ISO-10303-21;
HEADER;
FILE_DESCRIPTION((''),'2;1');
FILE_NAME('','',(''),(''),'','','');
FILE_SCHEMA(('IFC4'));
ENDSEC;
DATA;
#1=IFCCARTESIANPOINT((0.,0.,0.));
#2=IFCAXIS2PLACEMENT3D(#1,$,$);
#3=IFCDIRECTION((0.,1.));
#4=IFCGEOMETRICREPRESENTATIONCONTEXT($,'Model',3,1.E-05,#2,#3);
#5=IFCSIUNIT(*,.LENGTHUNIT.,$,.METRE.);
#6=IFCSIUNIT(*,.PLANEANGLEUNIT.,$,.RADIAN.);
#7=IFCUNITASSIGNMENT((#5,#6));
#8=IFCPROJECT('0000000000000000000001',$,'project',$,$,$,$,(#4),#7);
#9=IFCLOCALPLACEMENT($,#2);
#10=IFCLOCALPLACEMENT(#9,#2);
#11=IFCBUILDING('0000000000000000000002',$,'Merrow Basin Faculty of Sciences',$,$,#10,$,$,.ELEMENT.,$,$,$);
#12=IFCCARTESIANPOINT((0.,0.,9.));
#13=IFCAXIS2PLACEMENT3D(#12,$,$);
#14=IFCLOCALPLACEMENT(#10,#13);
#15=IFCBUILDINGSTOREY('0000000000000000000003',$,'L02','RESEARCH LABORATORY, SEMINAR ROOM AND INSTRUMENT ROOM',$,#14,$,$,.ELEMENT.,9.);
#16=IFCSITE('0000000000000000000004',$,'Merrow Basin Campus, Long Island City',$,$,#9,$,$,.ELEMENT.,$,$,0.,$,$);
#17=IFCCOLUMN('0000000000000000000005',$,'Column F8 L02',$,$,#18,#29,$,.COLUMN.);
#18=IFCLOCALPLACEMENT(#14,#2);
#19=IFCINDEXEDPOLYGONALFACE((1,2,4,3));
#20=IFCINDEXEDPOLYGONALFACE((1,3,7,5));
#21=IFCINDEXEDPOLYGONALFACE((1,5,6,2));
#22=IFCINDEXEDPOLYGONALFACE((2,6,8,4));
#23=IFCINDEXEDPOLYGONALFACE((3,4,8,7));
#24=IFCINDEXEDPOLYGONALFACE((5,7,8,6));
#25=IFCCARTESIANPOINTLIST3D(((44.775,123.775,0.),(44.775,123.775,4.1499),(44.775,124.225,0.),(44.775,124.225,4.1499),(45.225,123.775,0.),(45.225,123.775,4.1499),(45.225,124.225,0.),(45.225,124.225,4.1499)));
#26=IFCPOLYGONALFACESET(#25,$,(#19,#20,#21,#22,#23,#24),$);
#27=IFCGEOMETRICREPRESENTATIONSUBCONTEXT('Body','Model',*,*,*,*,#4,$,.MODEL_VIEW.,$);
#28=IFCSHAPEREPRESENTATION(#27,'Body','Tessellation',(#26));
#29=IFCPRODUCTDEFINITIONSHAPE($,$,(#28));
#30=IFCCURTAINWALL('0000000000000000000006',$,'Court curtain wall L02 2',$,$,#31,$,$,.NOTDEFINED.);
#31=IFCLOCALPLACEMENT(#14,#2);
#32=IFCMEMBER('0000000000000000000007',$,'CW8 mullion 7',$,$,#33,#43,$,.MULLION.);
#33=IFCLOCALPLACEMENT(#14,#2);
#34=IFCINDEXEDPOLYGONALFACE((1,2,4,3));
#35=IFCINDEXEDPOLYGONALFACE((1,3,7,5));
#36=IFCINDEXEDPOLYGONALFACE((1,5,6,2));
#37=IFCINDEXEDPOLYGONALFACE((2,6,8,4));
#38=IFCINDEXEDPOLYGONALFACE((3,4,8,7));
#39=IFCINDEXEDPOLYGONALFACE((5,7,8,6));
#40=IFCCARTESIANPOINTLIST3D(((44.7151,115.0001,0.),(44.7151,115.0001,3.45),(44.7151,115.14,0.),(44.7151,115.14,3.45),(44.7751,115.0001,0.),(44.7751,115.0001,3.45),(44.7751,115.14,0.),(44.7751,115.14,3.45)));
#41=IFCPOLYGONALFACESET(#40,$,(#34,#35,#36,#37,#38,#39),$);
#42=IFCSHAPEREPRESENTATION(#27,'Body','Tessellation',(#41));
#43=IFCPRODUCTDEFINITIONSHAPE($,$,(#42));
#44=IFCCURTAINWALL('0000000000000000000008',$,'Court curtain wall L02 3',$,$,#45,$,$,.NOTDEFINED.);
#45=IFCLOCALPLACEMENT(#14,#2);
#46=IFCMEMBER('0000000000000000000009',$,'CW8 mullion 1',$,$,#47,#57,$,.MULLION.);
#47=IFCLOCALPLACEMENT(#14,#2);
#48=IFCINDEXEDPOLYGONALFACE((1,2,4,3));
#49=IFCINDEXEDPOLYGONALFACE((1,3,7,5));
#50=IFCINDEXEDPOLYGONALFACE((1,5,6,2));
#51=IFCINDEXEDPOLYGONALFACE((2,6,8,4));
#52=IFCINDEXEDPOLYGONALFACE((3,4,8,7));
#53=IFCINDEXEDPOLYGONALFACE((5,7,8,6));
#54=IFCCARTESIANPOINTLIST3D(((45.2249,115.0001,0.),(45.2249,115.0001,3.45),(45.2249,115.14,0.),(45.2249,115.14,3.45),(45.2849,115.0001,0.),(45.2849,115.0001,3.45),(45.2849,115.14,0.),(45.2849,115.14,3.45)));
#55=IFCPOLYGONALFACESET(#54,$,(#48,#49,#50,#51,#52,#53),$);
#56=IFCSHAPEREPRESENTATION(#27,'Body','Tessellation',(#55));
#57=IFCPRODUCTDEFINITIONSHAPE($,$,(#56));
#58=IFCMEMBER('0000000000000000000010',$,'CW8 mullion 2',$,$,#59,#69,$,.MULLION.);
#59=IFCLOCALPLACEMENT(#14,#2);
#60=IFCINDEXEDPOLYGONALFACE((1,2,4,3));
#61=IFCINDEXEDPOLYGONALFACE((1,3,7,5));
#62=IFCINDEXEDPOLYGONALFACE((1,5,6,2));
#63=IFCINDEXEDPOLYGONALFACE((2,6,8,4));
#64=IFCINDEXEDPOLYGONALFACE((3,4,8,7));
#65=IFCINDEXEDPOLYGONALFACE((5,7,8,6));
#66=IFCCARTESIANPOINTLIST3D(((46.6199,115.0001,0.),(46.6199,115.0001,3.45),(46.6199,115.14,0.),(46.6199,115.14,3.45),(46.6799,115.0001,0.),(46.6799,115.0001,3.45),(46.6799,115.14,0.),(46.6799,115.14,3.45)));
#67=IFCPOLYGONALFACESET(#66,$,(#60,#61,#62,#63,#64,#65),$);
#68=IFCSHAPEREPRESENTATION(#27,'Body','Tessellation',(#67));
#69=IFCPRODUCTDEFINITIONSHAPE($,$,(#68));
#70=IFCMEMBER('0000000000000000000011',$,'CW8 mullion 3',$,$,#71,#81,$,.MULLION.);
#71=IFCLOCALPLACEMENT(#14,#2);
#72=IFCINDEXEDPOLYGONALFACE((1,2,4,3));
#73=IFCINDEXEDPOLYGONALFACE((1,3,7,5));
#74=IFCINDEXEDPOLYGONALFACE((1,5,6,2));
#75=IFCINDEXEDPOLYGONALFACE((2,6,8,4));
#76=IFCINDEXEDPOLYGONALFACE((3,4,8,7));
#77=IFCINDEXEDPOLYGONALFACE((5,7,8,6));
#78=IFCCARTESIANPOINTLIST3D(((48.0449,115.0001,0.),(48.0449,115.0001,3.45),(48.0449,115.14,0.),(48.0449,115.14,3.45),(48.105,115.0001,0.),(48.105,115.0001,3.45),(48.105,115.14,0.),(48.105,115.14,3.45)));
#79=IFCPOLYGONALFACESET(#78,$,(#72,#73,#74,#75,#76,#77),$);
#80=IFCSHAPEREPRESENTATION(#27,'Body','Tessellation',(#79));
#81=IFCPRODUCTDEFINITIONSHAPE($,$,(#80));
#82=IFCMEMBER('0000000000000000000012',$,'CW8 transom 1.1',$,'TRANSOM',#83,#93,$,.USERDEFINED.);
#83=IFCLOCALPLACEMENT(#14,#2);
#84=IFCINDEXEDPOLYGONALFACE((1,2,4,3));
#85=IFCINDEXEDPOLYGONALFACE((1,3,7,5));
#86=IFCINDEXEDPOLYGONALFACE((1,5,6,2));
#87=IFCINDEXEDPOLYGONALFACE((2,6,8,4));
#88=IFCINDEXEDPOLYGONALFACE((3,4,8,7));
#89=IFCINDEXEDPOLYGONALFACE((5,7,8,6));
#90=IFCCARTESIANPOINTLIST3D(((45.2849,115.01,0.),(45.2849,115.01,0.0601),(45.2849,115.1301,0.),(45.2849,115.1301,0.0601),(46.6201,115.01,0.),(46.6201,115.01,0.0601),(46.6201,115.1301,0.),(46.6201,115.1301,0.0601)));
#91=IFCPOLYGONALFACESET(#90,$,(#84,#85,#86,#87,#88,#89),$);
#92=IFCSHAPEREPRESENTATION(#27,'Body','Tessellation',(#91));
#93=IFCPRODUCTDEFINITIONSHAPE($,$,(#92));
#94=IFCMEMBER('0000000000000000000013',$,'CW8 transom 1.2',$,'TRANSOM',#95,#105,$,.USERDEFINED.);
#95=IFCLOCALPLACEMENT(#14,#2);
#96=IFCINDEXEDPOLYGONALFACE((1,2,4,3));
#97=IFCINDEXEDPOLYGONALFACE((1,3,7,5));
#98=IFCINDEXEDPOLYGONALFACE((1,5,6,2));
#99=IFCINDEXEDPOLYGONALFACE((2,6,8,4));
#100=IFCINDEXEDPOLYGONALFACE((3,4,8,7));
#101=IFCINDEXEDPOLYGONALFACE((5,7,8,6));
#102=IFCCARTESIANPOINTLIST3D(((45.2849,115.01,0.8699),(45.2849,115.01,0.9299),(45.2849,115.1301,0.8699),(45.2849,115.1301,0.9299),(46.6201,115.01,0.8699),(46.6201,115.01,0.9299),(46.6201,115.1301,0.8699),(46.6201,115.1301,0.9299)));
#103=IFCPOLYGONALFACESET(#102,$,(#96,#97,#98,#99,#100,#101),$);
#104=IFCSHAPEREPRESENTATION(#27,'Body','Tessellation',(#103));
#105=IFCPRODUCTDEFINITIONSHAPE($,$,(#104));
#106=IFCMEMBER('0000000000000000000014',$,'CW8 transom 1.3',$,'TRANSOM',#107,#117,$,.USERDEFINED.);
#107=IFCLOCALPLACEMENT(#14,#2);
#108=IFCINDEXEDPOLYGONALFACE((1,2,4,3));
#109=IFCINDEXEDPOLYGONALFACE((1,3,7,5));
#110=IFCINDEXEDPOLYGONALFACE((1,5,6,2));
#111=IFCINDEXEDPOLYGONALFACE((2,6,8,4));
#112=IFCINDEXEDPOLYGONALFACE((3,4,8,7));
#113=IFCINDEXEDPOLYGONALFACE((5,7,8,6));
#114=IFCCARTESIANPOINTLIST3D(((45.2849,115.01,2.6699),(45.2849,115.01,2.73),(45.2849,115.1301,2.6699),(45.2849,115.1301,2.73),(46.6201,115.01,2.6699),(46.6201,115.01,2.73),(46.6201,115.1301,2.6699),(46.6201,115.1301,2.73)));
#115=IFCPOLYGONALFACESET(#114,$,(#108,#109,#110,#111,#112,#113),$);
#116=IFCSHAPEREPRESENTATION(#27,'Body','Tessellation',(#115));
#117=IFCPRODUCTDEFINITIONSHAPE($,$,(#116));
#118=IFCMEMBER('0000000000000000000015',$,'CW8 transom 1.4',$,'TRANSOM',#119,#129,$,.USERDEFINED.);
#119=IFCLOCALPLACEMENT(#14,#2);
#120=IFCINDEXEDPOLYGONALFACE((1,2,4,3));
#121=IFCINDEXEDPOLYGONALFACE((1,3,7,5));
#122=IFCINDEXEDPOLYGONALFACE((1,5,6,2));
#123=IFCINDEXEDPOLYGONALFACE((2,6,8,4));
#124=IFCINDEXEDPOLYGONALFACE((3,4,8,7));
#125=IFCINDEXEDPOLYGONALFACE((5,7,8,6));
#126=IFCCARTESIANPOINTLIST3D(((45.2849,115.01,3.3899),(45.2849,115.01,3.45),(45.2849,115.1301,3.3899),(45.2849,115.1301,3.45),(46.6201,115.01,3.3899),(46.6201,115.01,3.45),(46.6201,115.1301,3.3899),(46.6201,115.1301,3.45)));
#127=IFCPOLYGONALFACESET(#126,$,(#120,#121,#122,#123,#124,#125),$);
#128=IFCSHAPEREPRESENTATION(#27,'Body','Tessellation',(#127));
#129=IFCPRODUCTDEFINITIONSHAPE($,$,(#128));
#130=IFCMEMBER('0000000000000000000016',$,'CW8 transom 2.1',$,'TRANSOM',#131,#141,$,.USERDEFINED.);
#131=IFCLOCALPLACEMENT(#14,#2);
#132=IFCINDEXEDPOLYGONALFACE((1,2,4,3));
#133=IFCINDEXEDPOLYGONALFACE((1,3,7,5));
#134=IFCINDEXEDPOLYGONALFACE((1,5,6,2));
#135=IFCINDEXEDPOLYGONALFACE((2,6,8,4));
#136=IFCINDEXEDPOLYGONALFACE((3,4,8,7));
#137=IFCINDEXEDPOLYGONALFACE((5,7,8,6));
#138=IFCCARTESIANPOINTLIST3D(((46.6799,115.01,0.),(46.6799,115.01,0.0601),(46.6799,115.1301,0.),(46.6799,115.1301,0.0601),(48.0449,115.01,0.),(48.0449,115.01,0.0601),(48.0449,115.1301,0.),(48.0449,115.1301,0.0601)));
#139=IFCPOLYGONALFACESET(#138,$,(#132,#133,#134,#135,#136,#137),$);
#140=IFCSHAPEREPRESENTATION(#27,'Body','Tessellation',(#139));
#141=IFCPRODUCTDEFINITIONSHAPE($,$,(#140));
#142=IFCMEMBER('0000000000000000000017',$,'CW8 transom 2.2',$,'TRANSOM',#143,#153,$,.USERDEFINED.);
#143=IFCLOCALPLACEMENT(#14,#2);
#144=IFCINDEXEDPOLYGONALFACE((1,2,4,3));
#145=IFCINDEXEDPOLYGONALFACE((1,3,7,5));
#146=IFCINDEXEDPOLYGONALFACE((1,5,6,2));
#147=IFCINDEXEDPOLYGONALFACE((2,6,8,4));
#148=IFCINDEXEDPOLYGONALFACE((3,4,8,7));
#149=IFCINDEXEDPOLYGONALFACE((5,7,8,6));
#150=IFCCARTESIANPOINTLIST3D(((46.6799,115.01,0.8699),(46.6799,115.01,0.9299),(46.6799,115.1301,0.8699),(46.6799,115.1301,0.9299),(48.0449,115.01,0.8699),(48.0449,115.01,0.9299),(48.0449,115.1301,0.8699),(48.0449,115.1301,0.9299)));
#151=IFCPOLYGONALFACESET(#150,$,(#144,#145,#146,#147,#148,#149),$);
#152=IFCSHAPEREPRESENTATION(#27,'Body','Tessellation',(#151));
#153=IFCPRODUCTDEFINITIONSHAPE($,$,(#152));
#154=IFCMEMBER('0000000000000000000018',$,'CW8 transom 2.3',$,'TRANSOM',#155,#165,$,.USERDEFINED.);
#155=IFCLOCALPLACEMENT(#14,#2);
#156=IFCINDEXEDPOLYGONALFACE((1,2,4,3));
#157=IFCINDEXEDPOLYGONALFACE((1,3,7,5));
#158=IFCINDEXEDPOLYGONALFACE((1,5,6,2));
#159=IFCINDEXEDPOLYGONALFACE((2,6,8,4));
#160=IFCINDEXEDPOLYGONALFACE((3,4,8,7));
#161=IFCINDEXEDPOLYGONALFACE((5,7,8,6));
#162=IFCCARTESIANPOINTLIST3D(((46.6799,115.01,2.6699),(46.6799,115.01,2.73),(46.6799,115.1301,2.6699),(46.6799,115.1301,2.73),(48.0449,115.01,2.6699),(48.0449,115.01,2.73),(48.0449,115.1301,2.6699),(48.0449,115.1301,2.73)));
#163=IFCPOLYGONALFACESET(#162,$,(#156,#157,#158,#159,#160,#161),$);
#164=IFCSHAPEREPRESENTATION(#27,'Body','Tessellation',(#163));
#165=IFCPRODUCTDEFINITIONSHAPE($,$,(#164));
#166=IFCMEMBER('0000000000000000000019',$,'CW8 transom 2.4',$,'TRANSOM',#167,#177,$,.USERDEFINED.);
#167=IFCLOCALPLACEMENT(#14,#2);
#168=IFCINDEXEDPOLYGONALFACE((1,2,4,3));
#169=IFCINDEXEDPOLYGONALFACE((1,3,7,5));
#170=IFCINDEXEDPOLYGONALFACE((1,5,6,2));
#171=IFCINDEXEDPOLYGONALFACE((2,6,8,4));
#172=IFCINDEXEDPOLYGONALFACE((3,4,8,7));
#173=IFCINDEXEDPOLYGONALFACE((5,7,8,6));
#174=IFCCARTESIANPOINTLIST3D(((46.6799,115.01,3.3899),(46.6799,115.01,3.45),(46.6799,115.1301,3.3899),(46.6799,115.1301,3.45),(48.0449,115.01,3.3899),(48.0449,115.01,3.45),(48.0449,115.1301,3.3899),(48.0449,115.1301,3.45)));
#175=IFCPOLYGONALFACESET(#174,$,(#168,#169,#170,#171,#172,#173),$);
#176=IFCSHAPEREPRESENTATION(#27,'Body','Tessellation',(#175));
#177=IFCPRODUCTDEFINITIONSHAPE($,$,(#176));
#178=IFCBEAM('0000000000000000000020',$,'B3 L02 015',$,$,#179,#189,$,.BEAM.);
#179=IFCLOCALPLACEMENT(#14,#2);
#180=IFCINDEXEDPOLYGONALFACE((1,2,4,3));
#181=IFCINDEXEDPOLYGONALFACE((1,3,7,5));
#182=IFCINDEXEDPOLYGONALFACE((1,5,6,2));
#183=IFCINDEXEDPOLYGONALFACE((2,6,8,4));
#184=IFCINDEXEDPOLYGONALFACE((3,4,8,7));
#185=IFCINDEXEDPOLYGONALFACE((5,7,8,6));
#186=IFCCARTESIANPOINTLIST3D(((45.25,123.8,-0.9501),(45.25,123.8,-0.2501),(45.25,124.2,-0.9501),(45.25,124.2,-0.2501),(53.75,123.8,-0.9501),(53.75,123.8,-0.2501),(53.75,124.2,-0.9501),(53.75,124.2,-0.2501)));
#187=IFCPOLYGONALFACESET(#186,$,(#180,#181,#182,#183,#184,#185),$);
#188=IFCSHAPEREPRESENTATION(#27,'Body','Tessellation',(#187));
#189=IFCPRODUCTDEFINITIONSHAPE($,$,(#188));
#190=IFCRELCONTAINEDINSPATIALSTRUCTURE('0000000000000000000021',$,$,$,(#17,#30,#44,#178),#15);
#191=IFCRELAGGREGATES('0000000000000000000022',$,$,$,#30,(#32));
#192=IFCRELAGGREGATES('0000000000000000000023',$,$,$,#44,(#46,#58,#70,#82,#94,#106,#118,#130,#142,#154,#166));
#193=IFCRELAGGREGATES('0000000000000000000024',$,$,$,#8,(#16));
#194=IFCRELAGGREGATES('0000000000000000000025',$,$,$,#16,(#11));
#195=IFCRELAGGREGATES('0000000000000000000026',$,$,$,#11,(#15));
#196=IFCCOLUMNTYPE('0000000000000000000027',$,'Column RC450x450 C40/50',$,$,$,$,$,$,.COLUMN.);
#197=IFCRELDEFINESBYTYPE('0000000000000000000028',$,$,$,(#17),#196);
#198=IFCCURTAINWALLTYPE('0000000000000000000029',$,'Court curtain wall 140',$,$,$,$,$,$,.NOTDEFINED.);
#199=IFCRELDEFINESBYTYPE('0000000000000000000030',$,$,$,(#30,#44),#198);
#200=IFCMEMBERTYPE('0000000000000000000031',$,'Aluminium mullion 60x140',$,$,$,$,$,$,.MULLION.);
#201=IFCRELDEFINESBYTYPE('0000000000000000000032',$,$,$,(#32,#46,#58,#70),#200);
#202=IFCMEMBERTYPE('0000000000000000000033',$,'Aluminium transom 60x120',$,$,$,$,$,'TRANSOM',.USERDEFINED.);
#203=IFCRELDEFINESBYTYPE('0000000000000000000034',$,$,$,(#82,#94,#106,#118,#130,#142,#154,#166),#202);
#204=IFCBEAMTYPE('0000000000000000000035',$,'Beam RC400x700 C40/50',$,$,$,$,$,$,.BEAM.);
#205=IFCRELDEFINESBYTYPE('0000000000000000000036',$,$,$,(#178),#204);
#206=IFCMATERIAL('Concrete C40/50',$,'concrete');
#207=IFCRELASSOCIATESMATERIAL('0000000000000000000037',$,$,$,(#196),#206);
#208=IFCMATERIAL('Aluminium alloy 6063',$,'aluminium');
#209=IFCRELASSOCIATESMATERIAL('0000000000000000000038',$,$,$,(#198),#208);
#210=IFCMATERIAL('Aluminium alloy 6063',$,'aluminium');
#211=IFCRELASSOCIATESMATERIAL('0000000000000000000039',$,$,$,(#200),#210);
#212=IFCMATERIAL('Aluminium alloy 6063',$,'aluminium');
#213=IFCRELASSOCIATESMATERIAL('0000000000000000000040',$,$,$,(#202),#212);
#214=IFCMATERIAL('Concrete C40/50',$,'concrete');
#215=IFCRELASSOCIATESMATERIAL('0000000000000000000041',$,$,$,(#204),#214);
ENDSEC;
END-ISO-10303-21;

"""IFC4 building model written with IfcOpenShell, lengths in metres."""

from ifc_helpers import new_model, si_unit, direction, frame, origin, origin_2d, place, context, subcontext, project, spatial, rectangle, extrude, material, material_profile, profile_set, type_object, element, aggregate, save


model = new_model("IFC4")

# Units and contexts
model_context = context("Model", 3, precision=1e-05, world=origin(), true_north=direction((0.0, 1.0)))
body_context = subcontext(model_context, "Body", "Model", "MODEL_VIEW")
ifc_project = project(units=[si_unit("LENGTHUNIT", "METRE"), si_unit("PLANEANGLEUNIT", "RADIAN")], contexts=[model_context])

# Site, building, storey
site_placement = place(None, origin())
site = spatial("IfcSite", under=ifc_project, at=site_placement, Name="Merrow Basin Campus, Long Island City", CompositionType="ELEMENT", RefElevation=0.0)
building_placement = place(site_placement, origin())
building = spatial("IfcBuilding", under=site, at=building_placement, Name="Merrow Basin Faculty of Sciences", CompositionType="ELEMENT")
storey_placement = place(building_placement, frame((0.0, 0.0, 9.0)))
storey = spatial("IfcBuildingStorey", under=building, at=storey_placement, Name="L02", Description="RESEARCH LABORATORY, SEMINAR ROOM AND INSTRUMENT ROOM", CompositionType="ELEMENT", Elevation=9.0)

# Column
ifc_material_1 = material(Name="Concrete C40/50", Category="concrete")
ifc_material_profile_1 = material_profile(ifc_material_1, rectangle(XDim=0.45, YDim=0.45, at=origin_2d()))
ifc_profile_set_1 = profile_set([ifc_material_profile_1], Name="Concrete C40/50")
column_type = type_object("IfcColumnType", Name="Column RC450x450 C40/50", PredefinedType="COLUMN", material=ifc_profile_set_1)
column_placement = place(storey_placement, frame((45.0, 124.0, 0.0), z_axis=(0.0, 0.0, 1.0), x_axis=(1.0, 0.0, 0.0)))
element("IfcColumn", 1, at=column_placement, inside=storey, type_object=column_type, Name="Column F8 L02", PredefinedType="COLUMN", context=body_context, shape_type="SweptSolid", body=[
    extrude(rectangle(XDim=0.45, YDim=0.45, at=origin_2d()), origin(), (0.0, 0.0, 1.0), 4.1499),
])

# Curtain wall, member
ifc_material_2 = material(Name="Aluminium alloy 6063", Category="aluminium")
curtain_wall_type = type_object("IfcCurtainWallType", Name="Court curtain wall 140", PredefinedType="NOTDEFINED", material=ifc_material_2)
curtain_wall_1_placement = place(storey_placement, origin())
curtain_wall_1 = element("IfcCurtainWall", 2, at=curtain_wall_1_placement, inside=storey, type_object=curtain_wall_type, Name="Court curtain wall L02 2", PredefinedType="NOTDEFINED")
ifc_material_3 = material(Name="Aluminium alloy 6063", Category="aluminium")
ifc_material_profile_2 = material_profile(ifc_material_3, rectangle(XDim=0.1399, YDim=0.0601, at=origin_2d()))
ifc_profile_set_2 = profile_set([ifc_material_profile_2], Name="Aluminium alloy 6063")
member_type_1 = type_object("IfcMemberType", Name="Aluminium mullion 60x140", PredefinedType="MULLION", material=ifc_profile_set_2)
member_1_placement = place(storey_placement, frame((44.7451, 115.0701, 0.0), z_axis=(0.0, 0.0, 1.0), x_axis=(0.0, 1.0, 0.0)))
member_1 = element("IfcMember", 3, at=member_1_placement, type_object=member_type_1, Name="CW8 mullion 7", PredefinedType="MULLION", context=body_context, shape_type="SweptSolid", body=[
    extrude(rectangle(XDim=0.1399, YDim=0.0601, at=origin_2d()), origin(), (0.0, 0.0, 1.0), 3.45),
])

# Curtain wall, members
curtain_wall_2_placement = place(storey_placement, origin())
curtain_wall_2 = element("IfcCurtainWall", 4, at=curtain_wall_2_placement, inside=storey, type_object=curtain_wall_type, Name="Court curtain wall L02 3", PredefinedType="NOTDEFINED")
member_2_placement = place(storey_placement, frame((45.2549, 115.0701, 0.0), z_axis=(0.0, 0.0, 1.0), x_axis=(0.0, 1.0, 0.0)))
member_2 = element("IfcMember", 5, at=member_2_placement, type_object=member_type_1, Name="CW8 mullion 1", PredefinedType="MULLION", context=body_context, shape_type="SweptSolid", body=[
    extrude(rectangle(XDim=0.1399, YDim=0.0601, at=origin_2d()), origin(), (0.0, 0.0, 1.0), 3.45),
])
member_3_placement = place(storey_placement, frame((46.6499, 115.0701, 0.0), z_axis=(0.0, 0.0, 1.0), x_axis=(0.0, 1.0, 0.0)))
member_3 = element("IfcMember", 6, at=member_3_placement, type_object=member_type_1, Name="CW8 mullion 2", PredefinedType="MULLION", context=body_context, shape_type="SweptSolid", body=[
    extrude(rectangle(XDim=0.1399, YDim=0.0601, at=origin_2d()), origin(), (0.0, 0.0, 1.0), 3.45),
])
member_4_placement = place(storey_placement, frame((48.075, 115.0701, 0.0), z_axis=(0.0, 0.0, 1.0), x_axis=(0.0, 1.0, 0.0)))
member_4 = element("IfcMember", 7, at=member_4_placement, type_object=member_type_1, Name="CW8 mullion 3", PredefinedType="MULLION", context=body_context, shape_type="SweptSolid", body=[
    extrude(rectangle(XDim=0.1399, YDim=0.0601, at=origin_2d()), origin(), (0.0, 0.0, 1.0), 3.45),
])
ifc_material_4 = material(Name="Aluminium alloy 6063", Category="aluminium")
ifc_material_profile_3 = material_profile(ifc_material_4, rectangle(XDim=0.1201, YDim=0.0601, at=origin_2d()))
ifc_profile_set_3 = profile_set([ifc_material_profile_3], Name="Aluminium alloy 6063")
member_type_2 = type_object("IfcMemberType", Name="Aluminium transom 60x120", ElementType="TRANSOM", PredefinedType="USERDEFINED", material=ifc_profile_set_3)
member_5_placement = place(storey_placement, frame((45.2849, 115.0701, 0.03), z_axis=(1.0, 0.0, 0.0), x_axis=(0.0, 1.0, 0.0)))
member_5 = element("IfcMember", 8, at=member_5_placement, type_object=member_type_2, Name="CW8 transom 1.1", ObjectType="TRANSOM", PredefinedType="USERDEFINED", context=body_context, shape_type="SweptSolid", body=[
    extrude(rectangle(XDim=0.1201, YDim=0.0601, at=origin_2d()), origin(), (0.0, 0.0, 1.0), 1.3352),
])
member_6_placement = place(storey_placement, frame((45.2849, 115.0701, 0.8999), z_axis=(1.0, 0.0, 0.0), x_axis=(0.0, 1.0, 0.0)))
member_6 = element("IfcMember", 9, at=member_6_placement, type_object=member_type_2, Name="CW8 transom 1.2", ObjectType="TRANSOM", PredefinedType="USERDEFINED", context=body_context, shape_type="SweptSolid", body=[
    extrude(rectangle(XDim=0.1201, YDim=0.0601, at=origin_2d()), origin(), (0.0, 0.0, 1.0), 1.3352),
])
member_7_placement = place(storey_placement, frame((45.2849, 115.0701, 2.7), z_axis=(1.0, 0.0, 0.0), x_axis=(0.0, 1.0, 0.0)))
member_7 = element("IfcMember", 10, at=member_7_placement, type_object=member_type_2, Name="CW8 transom 1.3", ObjectType="TRANSOM", PredefinedType="USERDEFINED", context=body_context, shape_type="SweptSolid", body=[
    extrude(rectangle(XDim=0.1201, YDim=0.0601, at=origin_2d()), origin(), (0.0, 0.0, 1.0), 1.3352),
])
member_8_placement = place(storey_placement, frame((45.2849, 115.0701, 3.4199), z_axis=(1.0, 0.0, 0.0), x_axis=(0.0, 1.0, 0.0)))
member_8 = element("IfcMember", 11, at=member_8_placement, type_object=member_type_2, Name="CW8 transom 1.4", ObjectType="TRANSOM", PredefinedType="USERDEFINED", context=body_context, shape_type="SweptSolid", body=[
    extrude(rectangle(XDim=0.1201, YDim=0.0601, at=origin_2d()), origin(), (0.0, 0.0, 1.0), 1.3352),
])
member_9_placement = place(storey_placement, frame((46.6799, 115.0701, 0.03), z_axis=(1.0, 0.0, 0.0), x_axis=(0.0, 1.0, 0.0)))
member_9 = element("IfcMember", 12, at=member_9_placement, type_object=member_type_2, Name="CW8 transom 2.1", ObjectType="TRANSOM", PredefinedType="USERDEFINED", context=body_context, shape_type="SweptSolid", body=[
    extrude(rectangle(XDim=0.1201, YDim=0.0601, at=origin_2d()), origin(), (0.0, 0.0, 1.0), 1.365),
])
member_10_placement = place(storey_placement, frame((46.6799, 115.0701, 0.8999), z_axis=(1.0, 0.0, 0.0), x_axis=(0.0, 1.0, 0.0)))
member_10 = element("IfcMember", 13, at=member_10_placement, type_object=member_type_2, Name="CW8 transom 2.2", ObjectType="TRANSOM", PredefinedType="USERDEFINED", context=body_context, shape_type="SweptSolid", body=[
    extrude(rectangle(XDim=0.1201, YDim=0.0601, at=origin_2d()), origin(), (0.0, 0.0, 1.0), 1.365),
])
member_11_placement = place(storey_placement, frame((46.6799, 115.0701, 2.7), z_axis=(1.0, 0.0, 0.0), x_axis=(0.0, 1.0, 0.0)))
member_11 = element("IfcMember", 14, at=member_11_placement, type_object=member_type_2, Name="CW8 transom 2.3", ObjectType="TRANSOM", PredefinedType="USERDEFINED", context=body_context, shape_type="SweptSolid", body=[
    extrude(rectangle(XDim=0.1201, YDim=0.0601, at=origin_2d()), origin(), (0.0, 0.0, 1.0), 1.365),
])
member_12_placement = place(storey_placement, frame((46.6799, 115.0701, 3.4199), z_axis=(1.0, 0.0, 0.0), x_axis=(0.0, 1.0, 0.0)))
member_12 = element("IfcMember", 15, at=member_12_placement, type_object=member_type_2, Name="CW8 transom 2.4", ObjectType="TRANSOM", PredefinedType="USERDEFINED", context=body_context, shape_type="SweptSolid", body=[
    extrude(rectangle(XDim=0.1201, YDim=0.0601, at=origin_2d()), origin(), (0.0, 0.0, 1.0), 1.365),
])

# Beam
ifc_material_5 = material(Name="Concrete C40/50", Category="concrete")
ifc_material_profile_4 = material_profile(ifc_material_5, rectangle(XDim=0.3999, YDim=0.7, at=origin_2d()))
ifc_profile_set_4 = profile_set([ifc_material_profile_4], Name="Concrete C40/50")
beam_type_1 = type_object("IfcBeamType", Name="Beam RC400x700 C40/50", PredefinedType="BEAM", material=ifc_profile_set_4)
for number, where, z_axis, x_axis, name in (
    (16, (45.25, 124.0, -0.6001), (1.0, 0.0, 0.0), (0.0, 1.0, 0.0), "B3 L02 015"),
):
    element("IfcBeam", number, at=place(storey_placement, frame(where, z_axis=z_axis, x_axis=x_axis)), inside=storey, type_object=beam_type_1, Name=name, PredefinedType="BEAM", context=body_context, shape_type="SweptSolid", body=[
        extrude(rectangle(XDim=0.3999, YDim=0.7, at=origin_2d()), origin(), (0.0, 0.0, 1.0), 8.5),
    ])

aggregate(curtain_wall_1, [member_1])
aggregate(curtain_wall_2, [member_2, member_3, member_4, member_5, member_6, member_7, member_8, member_9, member_10, member_11, member_12])

save(model, "model.ifc")
